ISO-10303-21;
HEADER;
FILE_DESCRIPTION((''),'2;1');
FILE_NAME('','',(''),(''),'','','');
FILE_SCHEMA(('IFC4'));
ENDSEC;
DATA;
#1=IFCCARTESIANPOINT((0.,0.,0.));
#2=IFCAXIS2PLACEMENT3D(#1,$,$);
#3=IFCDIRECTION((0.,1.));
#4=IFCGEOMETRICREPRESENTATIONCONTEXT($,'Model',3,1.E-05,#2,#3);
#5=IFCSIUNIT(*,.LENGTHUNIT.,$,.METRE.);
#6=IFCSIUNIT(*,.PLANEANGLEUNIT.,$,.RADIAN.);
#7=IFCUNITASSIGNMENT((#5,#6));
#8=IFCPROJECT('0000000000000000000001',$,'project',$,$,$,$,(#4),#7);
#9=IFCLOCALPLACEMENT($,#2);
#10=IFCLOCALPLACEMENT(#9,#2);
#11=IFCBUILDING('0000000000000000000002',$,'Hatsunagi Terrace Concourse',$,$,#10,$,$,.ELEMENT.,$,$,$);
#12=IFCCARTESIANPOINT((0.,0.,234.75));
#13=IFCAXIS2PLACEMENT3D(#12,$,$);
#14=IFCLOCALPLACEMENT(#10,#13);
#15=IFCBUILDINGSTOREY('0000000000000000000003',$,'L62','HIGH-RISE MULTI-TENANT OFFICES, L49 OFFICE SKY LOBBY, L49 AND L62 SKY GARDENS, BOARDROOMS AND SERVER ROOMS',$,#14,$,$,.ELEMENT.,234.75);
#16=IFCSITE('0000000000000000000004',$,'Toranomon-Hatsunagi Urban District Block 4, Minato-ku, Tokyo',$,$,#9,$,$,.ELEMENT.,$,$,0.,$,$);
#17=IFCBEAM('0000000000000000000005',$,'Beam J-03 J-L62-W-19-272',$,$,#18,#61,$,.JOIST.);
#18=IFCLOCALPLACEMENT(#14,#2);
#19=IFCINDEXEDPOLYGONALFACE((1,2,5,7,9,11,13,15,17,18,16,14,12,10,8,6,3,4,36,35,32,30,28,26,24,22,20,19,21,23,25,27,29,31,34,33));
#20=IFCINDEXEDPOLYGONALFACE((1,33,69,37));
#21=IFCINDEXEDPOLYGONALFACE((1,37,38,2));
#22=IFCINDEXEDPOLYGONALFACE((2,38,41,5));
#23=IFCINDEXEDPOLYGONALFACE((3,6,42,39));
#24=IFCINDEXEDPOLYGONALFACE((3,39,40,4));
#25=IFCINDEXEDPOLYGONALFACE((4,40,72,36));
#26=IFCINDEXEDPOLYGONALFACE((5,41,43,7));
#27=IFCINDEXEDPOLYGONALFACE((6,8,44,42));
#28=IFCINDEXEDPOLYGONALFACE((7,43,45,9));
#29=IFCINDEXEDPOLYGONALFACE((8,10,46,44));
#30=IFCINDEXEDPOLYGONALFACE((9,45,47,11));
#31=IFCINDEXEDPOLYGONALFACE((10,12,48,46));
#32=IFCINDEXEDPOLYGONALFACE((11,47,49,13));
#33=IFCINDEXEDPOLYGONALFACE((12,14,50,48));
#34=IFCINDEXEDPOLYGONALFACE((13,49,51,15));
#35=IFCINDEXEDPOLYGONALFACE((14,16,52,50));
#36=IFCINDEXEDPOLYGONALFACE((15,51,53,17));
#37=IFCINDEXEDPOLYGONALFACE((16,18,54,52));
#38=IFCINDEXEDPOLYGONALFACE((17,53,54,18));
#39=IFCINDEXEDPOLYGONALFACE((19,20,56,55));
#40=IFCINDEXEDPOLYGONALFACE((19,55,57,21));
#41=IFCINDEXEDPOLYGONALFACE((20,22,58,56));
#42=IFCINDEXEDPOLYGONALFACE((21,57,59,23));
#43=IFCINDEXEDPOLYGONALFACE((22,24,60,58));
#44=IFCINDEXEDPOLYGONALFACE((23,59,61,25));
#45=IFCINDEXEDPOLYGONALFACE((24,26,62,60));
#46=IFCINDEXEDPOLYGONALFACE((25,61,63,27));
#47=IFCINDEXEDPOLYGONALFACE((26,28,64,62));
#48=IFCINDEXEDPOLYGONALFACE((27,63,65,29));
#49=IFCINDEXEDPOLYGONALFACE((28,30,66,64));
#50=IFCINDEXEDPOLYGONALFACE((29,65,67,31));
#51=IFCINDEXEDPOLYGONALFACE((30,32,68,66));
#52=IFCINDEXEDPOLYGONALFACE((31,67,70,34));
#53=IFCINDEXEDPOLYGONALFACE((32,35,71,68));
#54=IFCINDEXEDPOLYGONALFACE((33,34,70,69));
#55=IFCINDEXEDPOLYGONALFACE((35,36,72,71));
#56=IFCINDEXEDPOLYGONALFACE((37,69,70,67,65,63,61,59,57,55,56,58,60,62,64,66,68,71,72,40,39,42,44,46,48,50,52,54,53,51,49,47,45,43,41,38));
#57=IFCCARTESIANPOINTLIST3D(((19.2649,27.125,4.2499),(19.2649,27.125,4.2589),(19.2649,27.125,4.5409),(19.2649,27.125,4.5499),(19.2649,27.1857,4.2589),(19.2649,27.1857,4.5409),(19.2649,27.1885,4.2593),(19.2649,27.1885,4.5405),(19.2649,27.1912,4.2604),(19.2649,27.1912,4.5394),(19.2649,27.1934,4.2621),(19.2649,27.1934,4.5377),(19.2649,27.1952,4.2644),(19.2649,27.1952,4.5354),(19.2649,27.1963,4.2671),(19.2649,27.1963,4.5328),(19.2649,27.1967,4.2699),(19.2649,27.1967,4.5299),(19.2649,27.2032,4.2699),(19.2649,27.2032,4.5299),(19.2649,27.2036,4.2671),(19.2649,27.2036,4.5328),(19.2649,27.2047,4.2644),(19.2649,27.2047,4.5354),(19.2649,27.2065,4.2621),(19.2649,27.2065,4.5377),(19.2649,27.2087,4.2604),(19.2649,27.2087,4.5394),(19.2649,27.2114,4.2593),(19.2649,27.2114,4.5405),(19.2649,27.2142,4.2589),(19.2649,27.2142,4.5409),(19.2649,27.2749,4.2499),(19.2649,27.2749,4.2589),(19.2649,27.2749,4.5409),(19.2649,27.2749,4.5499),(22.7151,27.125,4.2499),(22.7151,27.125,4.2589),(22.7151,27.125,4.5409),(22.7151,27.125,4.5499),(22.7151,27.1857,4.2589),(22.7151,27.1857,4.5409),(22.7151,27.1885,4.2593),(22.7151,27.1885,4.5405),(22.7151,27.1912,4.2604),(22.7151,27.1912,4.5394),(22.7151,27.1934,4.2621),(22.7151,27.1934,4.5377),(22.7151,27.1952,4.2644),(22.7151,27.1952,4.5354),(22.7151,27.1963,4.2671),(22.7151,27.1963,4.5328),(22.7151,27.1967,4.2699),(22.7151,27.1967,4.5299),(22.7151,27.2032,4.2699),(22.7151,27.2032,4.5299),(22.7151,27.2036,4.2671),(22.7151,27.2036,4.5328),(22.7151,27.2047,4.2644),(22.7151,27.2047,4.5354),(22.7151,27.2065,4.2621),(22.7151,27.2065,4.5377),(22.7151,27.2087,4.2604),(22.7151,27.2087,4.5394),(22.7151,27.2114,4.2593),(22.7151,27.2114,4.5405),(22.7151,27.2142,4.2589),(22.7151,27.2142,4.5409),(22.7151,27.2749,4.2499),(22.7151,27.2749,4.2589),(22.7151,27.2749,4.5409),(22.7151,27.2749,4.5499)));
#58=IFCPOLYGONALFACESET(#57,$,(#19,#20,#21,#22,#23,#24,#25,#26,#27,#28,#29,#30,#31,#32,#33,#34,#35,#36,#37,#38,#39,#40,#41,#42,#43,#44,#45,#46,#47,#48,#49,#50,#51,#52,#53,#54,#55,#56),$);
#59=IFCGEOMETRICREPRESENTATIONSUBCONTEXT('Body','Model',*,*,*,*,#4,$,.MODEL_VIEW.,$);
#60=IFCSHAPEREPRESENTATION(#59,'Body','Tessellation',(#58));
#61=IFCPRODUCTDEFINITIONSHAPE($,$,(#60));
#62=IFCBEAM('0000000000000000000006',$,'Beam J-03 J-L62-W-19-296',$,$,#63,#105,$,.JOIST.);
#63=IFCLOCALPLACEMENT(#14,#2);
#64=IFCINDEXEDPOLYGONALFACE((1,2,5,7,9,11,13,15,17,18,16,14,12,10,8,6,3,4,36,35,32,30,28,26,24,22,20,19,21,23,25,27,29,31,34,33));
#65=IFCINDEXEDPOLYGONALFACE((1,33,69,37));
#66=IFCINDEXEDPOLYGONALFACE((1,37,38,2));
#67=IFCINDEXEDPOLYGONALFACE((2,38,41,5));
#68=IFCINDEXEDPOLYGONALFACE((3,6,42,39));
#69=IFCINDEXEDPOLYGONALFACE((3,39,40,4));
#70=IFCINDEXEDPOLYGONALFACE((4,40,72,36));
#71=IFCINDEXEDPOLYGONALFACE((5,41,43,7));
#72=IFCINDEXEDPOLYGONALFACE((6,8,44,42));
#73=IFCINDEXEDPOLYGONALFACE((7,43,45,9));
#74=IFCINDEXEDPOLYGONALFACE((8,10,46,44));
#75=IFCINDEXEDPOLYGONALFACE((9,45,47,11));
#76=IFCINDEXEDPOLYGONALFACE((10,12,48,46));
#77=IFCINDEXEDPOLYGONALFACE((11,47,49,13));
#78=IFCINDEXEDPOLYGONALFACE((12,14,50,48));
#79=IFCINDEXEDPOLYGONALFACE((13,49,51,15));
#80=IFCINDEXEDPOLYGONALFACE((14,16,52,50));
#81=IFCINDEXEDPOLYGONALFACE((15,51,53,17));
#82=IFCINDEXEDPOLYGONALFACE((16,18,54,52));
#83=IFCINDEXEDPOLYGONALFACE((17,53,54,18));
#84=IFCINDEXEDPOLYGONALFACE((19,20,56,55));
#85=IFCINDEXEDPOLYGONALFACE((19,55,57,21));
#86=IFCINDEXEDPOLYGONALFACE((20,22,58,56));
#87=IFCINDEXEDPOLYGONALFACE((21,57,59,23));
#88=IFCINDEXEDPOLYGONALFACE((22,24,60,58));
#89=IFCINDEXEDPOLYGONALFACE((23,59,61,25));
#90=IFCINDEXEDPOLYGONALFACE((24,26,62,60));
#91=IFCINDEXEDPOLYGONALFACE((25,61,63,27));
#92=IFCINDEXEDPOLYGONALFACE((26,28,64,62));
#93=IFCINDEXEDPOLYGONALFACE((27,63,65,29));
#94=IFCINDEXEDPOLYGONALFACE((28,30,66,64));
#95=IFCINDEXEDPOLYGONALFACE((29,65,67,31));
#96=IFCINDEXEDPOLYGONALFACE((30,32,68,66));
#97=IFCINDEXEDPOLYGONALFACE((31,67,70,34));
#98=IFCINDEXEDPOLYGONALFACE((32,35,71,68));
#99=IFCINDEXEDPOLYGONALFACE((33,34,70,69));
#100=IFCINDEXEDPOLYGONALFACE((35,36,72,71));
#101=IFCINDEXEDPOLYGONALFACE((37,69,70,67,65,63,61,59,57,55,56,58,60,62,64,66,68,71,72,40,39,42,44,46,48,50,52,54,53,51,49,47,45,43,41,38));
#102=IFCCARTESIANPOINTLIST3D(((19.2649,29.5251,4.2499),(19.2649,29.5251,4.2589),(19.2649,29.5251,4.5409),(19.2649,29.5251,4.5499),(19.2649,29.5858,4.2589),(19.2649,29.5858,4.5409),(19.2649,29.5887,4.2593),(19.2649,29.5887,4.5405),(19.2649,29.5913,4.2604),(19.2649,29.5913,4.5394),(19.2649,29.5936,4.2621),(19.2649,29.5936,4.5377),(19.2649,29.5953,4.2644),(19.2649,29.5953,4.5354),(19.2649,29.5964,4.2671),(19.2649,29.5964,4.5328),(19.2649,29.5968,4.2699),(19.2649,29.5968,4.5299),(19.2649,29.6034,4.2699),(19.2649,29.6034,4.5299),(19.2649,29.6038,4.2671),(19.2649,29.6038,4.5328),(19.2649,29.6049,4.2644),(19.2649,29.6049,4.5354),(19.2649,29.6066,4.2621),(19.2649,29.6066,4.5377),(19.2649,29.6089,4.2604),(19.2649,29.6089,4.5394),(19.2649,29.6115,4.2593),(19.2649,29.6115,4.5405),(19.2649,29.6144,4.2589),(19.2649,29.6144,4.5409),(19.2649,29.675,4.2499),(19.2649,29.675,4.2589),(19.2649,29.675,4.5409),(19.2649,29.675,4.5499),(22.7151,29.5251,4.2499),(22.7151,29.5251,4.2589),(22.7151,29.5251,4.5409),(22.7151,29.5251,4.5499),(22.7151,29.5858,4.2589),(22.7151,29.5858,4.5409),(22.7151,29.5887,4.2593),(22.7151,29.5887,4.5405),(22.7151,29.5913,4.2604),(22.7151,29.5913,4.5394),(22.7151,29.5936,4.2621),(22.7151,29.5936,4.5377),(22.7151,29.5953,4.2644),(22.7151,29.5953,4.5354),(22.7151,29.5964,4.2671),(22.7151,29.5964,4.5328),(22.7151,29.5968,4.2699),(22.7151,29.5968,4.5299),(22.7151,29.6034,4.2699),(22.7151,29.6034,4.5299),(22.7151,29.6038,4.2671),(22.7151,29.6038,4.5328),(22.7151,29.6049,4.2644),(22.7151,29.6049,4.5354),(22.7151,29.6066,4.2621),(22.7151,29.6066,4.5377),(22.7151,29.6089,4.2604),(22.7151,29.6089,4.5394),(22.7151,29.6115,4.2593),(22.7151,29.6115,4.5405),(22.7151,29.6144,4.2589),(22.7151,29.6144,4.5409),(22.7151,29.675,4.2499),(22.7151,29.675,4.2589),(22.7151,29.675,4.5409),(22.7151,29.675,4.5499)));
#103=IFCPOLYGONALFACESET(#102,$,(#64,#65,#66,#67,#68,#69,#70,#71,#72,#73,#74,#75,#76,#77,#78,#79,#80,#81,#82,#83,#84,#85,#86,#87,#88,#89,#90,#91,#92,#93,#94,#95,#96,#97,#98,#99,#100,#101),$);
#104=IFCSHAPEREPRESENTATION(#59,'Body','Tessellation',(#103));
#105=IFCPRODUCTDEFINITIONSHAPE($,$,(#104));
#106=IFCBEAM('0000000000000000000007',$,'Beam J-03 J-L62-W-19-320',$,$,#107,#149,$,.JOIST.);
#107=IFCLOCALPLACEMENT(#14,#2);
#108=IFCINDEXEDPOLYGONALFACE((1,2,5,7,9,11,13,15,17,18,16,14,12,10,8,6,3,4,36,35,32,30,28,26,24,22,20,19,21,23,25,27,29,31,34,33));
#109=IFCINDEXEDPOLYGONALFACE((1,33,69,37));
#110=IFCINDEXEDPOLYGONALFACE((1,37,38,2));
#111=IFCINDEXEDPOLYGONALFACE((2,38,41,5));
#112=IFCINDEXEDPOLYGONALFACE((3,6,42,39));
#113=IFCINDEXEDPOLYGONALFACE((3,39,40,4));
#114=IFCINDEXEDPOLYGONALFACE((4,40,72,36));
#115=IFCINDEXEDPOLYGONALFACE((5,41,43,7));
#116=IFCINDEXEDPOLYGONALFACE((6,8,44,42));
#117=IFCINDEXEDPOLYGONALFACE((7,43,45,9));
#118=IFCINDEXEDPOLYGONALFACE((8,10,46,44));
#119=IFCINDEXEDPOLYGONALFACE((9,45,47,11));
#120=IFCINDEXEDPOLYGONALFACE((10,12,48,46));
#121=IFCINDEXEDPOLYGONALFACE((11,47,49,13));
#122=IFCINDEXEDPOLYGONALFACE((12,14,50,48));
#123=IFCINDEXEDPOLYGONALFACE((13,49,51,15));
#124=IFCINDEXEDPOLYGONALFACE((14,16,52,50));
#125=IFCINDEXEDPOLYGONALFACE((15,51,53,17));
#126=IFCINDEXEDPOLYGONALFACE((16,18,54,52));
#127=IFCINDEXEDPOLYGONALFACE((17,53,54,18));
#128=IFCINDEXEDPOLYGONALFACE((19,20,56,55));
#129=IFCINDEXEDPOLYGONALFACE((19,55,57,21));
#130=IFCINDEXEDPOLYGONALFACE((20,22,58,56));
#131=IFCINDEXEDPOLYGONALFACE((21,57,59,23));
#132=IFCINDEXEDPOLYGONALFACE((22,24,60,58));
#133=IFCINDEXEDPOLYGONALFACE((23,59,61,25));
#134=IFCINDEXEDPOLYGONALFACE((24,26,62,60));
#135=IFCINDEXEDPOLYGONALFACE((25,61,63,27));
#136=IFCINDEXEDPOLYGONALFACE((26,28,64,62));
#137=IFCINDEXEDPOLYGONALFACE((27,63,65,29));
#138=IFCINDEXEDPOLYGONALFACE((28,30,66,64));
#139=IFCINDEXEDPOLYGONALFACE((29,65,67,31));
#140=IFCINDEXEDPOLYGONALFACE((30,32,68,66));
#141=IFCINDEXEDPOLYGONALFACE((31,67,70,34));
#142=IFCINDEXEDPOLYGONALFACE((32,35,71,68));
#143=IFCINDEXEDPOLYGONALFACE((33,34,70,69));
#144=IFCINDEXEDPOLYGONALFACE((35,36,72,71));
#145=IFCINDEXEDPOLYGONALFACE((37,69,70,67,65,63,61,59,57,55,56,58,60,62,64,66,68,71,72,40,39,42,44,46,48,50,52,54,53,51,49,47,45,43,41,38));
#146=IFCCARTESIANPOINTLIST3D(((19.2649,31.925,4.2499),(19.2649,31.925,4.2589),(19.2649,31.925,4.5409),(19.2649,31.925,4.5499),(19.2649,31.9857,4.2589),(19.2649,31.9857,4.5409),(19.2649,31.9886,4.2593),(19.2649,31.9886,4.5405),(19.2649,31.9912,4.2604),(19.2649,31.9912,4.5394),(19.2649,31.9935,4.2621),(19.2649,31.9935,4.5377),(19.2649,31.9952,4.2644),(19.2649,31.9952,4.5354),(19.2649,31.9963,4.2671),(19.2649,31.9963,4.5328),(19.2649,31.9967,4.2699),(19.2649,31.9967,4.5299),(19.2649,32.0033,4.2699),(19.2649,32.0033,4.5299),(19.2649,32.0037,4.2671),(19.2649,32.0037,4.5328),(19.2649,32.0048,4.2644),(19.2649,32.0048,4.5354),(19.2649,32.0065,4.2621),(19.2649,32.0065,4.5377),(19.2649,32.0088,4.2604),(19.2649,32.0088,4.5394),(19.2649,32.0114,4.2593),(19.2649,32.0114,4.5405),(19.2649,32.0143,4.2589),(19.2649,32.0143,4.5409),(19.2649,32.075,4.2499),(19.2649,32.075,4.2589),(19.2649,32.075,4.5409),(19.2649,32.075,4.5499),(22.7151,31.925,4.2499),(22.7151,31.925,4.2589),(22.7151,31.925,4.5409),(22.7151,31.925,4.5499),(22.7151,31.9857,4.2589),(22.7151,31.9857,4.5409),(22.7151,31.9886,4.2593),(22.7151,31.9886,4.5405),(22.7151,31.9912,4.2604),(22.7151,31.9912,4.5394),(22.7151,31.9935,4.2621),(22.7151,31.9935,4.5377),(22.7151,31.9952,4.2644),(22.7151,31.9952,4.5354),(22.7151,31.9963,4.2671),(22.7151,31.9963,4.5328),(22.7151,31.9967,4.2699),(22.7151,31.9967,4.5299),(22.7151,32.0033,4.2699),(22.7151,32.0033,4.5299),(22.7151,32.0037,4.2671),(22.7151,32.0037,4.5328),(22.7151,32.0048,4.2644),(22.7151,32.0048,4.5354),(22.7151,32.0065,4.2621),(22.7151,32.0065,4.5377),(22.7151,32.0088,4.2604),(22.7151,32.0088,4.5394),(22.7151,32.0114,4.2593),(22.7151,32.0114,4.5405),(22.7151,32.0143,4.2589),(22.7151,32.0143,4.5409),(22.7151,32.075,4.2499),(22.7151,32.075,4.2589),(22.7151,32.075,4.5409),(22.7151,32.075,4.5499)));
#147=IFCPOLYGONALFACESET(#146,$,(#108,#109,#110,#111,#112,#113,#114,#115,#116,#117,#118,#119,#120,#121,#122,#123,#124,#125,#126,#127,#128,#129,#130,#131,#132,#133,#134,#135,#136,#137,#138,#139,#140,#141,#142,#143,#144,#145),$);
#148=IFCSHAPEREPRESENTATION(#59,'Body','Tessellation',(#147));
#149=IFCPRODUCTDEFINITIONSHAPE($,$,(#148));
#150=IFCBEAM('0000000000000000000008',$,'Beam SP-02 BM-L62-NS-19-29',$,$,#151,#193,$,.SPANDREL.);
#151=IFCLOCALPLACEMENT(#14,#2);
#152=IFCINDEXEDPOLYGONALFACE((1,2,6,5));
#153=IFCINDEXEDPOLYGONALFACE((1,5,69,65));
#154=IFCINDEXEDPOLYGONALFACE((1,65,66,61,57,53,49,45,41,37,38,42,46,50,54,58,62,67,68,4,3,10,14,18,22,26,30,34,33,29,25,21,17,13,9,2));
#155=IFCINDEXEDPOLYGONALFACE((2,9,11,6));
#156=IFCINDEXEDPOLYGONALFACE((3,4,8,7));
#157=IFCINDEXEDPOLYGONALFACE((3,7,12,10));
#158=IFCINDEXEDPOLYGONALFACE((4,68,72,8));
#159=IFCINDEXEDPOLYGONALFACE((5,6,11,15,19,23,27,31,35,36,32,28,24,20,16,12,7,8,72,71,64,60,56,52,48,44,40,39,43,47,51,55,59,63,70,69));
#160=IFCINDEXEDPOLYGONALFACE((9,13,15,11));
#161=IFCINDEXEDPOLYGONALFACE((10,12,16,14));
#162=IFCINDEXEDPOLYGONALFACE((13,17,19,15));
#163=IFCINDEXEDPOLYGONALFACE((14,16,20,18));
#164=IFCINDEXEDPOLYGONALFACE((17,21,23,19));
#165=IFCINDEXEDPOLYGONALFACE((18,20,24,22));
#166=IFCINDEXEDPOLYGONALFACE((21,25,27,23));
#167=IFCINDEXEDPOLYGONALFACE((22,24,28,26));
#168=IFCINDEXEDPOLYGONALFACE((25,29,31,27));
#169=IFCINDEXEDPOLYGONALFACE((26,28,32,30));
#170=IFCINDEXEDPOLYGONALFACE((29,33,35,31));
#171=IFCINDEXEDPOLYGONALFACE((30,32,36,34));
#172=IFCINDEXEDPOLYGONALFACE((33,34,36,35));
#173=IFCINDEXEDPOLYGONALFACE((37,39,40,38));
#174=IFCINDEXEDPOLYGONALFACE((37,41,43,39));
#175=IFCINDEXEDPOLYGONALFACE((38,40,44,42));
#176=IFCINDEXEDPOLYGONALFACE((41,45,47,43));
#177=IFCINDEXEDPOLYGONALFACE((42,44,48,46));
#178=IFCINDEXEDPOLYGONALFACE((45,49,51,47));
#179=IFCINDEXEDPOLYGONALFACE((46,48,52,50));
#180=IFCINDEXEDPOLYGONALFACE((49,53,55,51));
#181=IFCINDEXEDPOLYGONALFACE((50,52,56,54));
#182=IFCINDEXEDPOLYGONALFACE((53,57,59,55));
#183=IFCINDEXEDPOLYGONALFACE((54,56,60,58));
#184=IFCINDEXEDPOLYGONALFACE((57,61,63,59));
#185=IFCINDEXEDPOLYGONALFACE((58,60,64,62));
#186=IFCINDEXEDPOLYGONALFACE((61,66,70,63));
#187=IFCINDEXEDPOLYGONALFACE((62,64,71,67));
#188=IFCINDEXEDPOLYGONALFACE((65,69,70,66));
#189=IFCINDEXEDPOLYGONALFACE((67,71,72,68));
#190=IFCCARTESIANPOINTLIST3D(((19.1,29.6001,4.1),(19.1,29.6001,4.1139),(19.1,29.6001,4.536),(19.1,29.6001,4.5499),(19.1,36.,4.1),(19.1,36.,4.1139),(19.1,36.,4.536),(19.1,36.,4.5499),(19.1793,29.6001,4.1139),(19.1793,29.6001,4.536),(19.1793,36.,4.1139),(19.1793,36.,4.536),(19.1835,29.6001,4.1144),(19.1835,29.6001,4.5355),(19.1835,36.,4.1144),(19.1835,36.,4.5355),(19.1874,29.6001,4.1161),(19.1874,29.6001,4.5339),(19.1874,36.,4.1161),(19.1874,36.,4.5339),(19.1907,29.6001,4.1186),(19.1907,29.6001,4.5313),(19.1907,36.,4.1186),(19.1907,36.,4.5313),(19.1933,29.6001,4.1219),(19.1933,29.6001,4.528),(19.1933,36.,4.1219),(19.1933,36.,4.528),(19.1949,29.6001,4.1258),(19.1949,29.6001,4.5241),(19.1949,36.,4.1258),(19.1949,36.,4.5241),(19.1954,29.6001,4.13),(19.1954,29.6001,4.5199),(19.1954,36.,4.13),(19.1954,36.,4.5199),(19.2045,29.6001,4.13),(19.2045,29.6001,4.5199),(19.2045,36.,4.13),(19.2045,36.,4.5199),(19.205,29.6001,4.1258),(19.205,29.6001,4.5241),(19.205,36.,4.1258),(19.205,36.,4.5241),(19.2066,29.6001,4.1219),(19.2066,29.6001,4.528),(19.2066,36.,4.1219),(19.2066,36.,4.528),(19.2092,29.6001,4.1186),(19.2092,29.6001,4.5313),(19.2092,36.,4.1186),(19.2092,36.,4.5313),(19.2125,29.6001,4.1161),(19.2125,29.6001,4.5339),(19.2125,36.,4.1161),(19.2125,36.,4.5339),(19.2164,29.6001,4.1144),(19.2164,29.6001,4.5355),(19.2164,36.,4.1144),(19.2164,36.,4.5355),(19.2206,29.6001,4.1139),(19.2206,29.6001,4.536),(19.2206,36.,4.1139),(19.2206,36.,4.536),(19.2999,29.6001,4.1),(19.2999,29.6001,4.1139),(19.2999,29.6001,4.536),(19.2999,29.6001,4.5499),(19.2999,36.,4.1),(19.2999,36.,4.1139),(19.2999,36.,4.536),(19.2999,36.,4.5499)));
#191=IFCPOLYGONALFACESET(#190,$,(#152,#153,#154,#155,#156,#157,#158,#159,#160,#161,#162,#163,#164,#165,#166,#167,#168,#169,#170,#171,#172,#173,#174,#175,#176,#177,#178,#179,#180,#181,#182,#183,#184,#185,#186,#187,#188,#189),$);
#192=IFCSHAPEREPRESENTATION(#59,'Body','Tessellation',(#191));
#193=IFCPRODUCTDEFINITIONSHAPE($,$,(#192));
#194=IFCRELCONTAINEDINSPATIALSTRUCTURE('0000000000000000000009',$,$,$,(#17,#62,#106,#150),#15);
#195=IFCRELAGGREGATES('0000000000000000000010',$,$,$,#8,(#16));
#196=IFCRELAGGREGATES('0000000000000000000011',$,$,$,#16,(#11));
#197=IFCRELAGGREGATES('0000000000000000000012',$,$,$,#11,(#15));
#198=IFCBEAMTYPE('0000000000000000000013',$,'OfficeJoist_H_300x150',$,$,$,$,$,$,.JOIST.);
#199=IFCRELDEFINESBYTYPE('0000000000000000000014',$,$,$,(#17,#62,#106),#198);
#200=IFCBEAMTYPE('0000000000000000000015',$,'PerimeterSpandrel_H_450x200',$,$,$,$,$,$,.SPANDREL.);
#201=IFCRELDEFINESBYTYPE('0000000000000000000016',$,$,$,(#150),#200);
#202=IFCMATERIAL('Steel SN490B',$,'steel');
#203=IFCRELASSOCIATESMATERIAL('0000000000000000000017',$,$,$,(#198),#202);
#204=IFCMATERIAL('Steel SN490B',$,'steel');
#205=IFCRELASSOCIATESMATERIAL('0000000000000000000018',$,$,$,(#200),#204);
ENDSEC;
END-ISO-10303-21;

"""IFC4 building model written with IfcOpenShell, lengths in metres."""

from ifc_helpers import new_model, si_unit, direction, frame, origin, origin_2d, place, context, subcontext, project, spatial, i_section, extrude, material, material_profile, profile_set, type_object, element, save


model = new_model("IFC4")

# Units and contexts
model_context = context("Model", 3, precision=1e-05, world=origin(), true_north=direction((0.0, 1.0)))
body_context = subcontext(model_context, "Body", "Model", "MODEL_VIEW")
ifc_project = project(units=[si_unit("LENGTHUNIT", "METRE"), si_unit("PLANEANGLEUNIT", "RADIAN")], contexts=[model_context])

# Site, building, storey
site_placement = place(None, origin())
site = spatial("IfcSite", under=ifc_project, at=site_placement, Name="Toranomon-Hatsunagi Urban District Block 4, Minato-ku, Tokyo", CompositionType="ELEMENT", RefElevation=0.0)
building_placement = place(site_placement, origin())
building = spatial("IfcBuilding", under=site, at=building_placement, Name="Hatsunagi Terrace Concourse", CompositionType="ELEMENT")
storey_placement = place(building_placement, frame((0.0, 0.0, 234.75)))
storey = spatial("IfcBuildingStorey", under=building, at=storey_placement, Name="L62", Description="HIGH-RISE MULTI-TENANT OFFICES, L49 OFFICE SKY LOBBY, L49 AND L62 SKY GARDENS, BOARDROOMS AND SERVER ROOMS", CompositionType="ELEMENT", Elevation=234.75)

# Beams
ifc_material_1 = material(Name="Steel SN490B", Category="steel")
ifc_material_profile_1 = material_profile(ifc_material_1, i_section(OverallWidth=0.1499, OverallDepth=0.3, WebThickness=0.0066, FlangeThickness=0.009, FilletRadius=0.011, at=origin_2d()), Name="H-300x150x6.5x9")
ifc_profile_set_1 = profile_set([ifc_material_profile_1], Name="Steel SN490B")
beam_type_1 = type_object("IfcBeamType", Name="OfficeJoist_H_300x150", PredefinedType="JOIST", material=ifc_profile_set_1)
for number, where, z_axis, x_axis, name in (
    (1, (19.2649, 27.2, 4.3999), (1.0, 0.0, 0.0), (0.0, 1.0, 0.0), "Beam J-03 J-L62-W-19-272"),
    (2, (19.2649, 29.6001, 4.3999), (1.0, 0.0, 0.0), (0.0, 1.0, 0.0), "Beam J-03 J-L62-W-19-296"),
    (3, (19.2649, 32.0, 4.3999), (1.0, 0.0, 0.0), (0.0, 1.0, 0.0), "Beam J-03 J-L62-W-19-320"),
):
    element("IfcBeam", number, at=place(storey_placement, frame(where, z_axis=z_axis, x_axis=x_axis)), inside=storey, type_object=beam_type_1, Name=name, PredefinedType="JOIST", context=body_context, shape_type="SweptSolid", body=[
        extrude(i_section(OverallWidth=0.1499, OverallDepth=0.3, WebThickness=0.0066, FlangeThickness=0.009, FilletRadius=0.011, at=origin_2d()), origin(), (0.0, 0.0, 1.0), 3.4502),
    ])
ifc_material_2 = material(Name="Steel SN490B", Category="steel")
ifc_material_profile_2 = material_profile(ifc_material_2, i_section(OverallWidth=0.2, OverallDepth=0.45, WebThickness=0.009, FlangeThickness=0.0139, FilletRadius=0.0161, at=origin_2d()), Name="H-450x200x9x14")
ifc_profile_set_2 = profile_set([ifc_material_profile_2], Name="Steel SN490B")
beam_type_2 = type_object("IfcBeamType", Name="PerimeterSpandrel_H_450x200", PredefinedType="SPANDREL", material=ifc_profile_set_2)
beam_placement = place(storey_placement, frame((19.2, 29.6001, 4.325), z_axis=(0.0, 1.0, 0.0), x_axis=(-1.0, 0.0, 0.0)))
element("IfcBeam", 4, at=beam_placement, inside=storey, type_object=beam_type_2, Name="Beam SP-02 BM-L62-NS-19-29", PredefinedType="SPANDREL", context=body_context, shape_type="SweptSolid", body=[
    extrude(i_section(OverallWidth=0.2, OverallDepth=0.45, WebThickness=0.009, FlangeThickness=0.0139, FilletRadius=0.0161, at=origin_2d()), origin(), (0.0, 0.0, 1.0), 6.3999),
])

save(model, "model.ifc")
